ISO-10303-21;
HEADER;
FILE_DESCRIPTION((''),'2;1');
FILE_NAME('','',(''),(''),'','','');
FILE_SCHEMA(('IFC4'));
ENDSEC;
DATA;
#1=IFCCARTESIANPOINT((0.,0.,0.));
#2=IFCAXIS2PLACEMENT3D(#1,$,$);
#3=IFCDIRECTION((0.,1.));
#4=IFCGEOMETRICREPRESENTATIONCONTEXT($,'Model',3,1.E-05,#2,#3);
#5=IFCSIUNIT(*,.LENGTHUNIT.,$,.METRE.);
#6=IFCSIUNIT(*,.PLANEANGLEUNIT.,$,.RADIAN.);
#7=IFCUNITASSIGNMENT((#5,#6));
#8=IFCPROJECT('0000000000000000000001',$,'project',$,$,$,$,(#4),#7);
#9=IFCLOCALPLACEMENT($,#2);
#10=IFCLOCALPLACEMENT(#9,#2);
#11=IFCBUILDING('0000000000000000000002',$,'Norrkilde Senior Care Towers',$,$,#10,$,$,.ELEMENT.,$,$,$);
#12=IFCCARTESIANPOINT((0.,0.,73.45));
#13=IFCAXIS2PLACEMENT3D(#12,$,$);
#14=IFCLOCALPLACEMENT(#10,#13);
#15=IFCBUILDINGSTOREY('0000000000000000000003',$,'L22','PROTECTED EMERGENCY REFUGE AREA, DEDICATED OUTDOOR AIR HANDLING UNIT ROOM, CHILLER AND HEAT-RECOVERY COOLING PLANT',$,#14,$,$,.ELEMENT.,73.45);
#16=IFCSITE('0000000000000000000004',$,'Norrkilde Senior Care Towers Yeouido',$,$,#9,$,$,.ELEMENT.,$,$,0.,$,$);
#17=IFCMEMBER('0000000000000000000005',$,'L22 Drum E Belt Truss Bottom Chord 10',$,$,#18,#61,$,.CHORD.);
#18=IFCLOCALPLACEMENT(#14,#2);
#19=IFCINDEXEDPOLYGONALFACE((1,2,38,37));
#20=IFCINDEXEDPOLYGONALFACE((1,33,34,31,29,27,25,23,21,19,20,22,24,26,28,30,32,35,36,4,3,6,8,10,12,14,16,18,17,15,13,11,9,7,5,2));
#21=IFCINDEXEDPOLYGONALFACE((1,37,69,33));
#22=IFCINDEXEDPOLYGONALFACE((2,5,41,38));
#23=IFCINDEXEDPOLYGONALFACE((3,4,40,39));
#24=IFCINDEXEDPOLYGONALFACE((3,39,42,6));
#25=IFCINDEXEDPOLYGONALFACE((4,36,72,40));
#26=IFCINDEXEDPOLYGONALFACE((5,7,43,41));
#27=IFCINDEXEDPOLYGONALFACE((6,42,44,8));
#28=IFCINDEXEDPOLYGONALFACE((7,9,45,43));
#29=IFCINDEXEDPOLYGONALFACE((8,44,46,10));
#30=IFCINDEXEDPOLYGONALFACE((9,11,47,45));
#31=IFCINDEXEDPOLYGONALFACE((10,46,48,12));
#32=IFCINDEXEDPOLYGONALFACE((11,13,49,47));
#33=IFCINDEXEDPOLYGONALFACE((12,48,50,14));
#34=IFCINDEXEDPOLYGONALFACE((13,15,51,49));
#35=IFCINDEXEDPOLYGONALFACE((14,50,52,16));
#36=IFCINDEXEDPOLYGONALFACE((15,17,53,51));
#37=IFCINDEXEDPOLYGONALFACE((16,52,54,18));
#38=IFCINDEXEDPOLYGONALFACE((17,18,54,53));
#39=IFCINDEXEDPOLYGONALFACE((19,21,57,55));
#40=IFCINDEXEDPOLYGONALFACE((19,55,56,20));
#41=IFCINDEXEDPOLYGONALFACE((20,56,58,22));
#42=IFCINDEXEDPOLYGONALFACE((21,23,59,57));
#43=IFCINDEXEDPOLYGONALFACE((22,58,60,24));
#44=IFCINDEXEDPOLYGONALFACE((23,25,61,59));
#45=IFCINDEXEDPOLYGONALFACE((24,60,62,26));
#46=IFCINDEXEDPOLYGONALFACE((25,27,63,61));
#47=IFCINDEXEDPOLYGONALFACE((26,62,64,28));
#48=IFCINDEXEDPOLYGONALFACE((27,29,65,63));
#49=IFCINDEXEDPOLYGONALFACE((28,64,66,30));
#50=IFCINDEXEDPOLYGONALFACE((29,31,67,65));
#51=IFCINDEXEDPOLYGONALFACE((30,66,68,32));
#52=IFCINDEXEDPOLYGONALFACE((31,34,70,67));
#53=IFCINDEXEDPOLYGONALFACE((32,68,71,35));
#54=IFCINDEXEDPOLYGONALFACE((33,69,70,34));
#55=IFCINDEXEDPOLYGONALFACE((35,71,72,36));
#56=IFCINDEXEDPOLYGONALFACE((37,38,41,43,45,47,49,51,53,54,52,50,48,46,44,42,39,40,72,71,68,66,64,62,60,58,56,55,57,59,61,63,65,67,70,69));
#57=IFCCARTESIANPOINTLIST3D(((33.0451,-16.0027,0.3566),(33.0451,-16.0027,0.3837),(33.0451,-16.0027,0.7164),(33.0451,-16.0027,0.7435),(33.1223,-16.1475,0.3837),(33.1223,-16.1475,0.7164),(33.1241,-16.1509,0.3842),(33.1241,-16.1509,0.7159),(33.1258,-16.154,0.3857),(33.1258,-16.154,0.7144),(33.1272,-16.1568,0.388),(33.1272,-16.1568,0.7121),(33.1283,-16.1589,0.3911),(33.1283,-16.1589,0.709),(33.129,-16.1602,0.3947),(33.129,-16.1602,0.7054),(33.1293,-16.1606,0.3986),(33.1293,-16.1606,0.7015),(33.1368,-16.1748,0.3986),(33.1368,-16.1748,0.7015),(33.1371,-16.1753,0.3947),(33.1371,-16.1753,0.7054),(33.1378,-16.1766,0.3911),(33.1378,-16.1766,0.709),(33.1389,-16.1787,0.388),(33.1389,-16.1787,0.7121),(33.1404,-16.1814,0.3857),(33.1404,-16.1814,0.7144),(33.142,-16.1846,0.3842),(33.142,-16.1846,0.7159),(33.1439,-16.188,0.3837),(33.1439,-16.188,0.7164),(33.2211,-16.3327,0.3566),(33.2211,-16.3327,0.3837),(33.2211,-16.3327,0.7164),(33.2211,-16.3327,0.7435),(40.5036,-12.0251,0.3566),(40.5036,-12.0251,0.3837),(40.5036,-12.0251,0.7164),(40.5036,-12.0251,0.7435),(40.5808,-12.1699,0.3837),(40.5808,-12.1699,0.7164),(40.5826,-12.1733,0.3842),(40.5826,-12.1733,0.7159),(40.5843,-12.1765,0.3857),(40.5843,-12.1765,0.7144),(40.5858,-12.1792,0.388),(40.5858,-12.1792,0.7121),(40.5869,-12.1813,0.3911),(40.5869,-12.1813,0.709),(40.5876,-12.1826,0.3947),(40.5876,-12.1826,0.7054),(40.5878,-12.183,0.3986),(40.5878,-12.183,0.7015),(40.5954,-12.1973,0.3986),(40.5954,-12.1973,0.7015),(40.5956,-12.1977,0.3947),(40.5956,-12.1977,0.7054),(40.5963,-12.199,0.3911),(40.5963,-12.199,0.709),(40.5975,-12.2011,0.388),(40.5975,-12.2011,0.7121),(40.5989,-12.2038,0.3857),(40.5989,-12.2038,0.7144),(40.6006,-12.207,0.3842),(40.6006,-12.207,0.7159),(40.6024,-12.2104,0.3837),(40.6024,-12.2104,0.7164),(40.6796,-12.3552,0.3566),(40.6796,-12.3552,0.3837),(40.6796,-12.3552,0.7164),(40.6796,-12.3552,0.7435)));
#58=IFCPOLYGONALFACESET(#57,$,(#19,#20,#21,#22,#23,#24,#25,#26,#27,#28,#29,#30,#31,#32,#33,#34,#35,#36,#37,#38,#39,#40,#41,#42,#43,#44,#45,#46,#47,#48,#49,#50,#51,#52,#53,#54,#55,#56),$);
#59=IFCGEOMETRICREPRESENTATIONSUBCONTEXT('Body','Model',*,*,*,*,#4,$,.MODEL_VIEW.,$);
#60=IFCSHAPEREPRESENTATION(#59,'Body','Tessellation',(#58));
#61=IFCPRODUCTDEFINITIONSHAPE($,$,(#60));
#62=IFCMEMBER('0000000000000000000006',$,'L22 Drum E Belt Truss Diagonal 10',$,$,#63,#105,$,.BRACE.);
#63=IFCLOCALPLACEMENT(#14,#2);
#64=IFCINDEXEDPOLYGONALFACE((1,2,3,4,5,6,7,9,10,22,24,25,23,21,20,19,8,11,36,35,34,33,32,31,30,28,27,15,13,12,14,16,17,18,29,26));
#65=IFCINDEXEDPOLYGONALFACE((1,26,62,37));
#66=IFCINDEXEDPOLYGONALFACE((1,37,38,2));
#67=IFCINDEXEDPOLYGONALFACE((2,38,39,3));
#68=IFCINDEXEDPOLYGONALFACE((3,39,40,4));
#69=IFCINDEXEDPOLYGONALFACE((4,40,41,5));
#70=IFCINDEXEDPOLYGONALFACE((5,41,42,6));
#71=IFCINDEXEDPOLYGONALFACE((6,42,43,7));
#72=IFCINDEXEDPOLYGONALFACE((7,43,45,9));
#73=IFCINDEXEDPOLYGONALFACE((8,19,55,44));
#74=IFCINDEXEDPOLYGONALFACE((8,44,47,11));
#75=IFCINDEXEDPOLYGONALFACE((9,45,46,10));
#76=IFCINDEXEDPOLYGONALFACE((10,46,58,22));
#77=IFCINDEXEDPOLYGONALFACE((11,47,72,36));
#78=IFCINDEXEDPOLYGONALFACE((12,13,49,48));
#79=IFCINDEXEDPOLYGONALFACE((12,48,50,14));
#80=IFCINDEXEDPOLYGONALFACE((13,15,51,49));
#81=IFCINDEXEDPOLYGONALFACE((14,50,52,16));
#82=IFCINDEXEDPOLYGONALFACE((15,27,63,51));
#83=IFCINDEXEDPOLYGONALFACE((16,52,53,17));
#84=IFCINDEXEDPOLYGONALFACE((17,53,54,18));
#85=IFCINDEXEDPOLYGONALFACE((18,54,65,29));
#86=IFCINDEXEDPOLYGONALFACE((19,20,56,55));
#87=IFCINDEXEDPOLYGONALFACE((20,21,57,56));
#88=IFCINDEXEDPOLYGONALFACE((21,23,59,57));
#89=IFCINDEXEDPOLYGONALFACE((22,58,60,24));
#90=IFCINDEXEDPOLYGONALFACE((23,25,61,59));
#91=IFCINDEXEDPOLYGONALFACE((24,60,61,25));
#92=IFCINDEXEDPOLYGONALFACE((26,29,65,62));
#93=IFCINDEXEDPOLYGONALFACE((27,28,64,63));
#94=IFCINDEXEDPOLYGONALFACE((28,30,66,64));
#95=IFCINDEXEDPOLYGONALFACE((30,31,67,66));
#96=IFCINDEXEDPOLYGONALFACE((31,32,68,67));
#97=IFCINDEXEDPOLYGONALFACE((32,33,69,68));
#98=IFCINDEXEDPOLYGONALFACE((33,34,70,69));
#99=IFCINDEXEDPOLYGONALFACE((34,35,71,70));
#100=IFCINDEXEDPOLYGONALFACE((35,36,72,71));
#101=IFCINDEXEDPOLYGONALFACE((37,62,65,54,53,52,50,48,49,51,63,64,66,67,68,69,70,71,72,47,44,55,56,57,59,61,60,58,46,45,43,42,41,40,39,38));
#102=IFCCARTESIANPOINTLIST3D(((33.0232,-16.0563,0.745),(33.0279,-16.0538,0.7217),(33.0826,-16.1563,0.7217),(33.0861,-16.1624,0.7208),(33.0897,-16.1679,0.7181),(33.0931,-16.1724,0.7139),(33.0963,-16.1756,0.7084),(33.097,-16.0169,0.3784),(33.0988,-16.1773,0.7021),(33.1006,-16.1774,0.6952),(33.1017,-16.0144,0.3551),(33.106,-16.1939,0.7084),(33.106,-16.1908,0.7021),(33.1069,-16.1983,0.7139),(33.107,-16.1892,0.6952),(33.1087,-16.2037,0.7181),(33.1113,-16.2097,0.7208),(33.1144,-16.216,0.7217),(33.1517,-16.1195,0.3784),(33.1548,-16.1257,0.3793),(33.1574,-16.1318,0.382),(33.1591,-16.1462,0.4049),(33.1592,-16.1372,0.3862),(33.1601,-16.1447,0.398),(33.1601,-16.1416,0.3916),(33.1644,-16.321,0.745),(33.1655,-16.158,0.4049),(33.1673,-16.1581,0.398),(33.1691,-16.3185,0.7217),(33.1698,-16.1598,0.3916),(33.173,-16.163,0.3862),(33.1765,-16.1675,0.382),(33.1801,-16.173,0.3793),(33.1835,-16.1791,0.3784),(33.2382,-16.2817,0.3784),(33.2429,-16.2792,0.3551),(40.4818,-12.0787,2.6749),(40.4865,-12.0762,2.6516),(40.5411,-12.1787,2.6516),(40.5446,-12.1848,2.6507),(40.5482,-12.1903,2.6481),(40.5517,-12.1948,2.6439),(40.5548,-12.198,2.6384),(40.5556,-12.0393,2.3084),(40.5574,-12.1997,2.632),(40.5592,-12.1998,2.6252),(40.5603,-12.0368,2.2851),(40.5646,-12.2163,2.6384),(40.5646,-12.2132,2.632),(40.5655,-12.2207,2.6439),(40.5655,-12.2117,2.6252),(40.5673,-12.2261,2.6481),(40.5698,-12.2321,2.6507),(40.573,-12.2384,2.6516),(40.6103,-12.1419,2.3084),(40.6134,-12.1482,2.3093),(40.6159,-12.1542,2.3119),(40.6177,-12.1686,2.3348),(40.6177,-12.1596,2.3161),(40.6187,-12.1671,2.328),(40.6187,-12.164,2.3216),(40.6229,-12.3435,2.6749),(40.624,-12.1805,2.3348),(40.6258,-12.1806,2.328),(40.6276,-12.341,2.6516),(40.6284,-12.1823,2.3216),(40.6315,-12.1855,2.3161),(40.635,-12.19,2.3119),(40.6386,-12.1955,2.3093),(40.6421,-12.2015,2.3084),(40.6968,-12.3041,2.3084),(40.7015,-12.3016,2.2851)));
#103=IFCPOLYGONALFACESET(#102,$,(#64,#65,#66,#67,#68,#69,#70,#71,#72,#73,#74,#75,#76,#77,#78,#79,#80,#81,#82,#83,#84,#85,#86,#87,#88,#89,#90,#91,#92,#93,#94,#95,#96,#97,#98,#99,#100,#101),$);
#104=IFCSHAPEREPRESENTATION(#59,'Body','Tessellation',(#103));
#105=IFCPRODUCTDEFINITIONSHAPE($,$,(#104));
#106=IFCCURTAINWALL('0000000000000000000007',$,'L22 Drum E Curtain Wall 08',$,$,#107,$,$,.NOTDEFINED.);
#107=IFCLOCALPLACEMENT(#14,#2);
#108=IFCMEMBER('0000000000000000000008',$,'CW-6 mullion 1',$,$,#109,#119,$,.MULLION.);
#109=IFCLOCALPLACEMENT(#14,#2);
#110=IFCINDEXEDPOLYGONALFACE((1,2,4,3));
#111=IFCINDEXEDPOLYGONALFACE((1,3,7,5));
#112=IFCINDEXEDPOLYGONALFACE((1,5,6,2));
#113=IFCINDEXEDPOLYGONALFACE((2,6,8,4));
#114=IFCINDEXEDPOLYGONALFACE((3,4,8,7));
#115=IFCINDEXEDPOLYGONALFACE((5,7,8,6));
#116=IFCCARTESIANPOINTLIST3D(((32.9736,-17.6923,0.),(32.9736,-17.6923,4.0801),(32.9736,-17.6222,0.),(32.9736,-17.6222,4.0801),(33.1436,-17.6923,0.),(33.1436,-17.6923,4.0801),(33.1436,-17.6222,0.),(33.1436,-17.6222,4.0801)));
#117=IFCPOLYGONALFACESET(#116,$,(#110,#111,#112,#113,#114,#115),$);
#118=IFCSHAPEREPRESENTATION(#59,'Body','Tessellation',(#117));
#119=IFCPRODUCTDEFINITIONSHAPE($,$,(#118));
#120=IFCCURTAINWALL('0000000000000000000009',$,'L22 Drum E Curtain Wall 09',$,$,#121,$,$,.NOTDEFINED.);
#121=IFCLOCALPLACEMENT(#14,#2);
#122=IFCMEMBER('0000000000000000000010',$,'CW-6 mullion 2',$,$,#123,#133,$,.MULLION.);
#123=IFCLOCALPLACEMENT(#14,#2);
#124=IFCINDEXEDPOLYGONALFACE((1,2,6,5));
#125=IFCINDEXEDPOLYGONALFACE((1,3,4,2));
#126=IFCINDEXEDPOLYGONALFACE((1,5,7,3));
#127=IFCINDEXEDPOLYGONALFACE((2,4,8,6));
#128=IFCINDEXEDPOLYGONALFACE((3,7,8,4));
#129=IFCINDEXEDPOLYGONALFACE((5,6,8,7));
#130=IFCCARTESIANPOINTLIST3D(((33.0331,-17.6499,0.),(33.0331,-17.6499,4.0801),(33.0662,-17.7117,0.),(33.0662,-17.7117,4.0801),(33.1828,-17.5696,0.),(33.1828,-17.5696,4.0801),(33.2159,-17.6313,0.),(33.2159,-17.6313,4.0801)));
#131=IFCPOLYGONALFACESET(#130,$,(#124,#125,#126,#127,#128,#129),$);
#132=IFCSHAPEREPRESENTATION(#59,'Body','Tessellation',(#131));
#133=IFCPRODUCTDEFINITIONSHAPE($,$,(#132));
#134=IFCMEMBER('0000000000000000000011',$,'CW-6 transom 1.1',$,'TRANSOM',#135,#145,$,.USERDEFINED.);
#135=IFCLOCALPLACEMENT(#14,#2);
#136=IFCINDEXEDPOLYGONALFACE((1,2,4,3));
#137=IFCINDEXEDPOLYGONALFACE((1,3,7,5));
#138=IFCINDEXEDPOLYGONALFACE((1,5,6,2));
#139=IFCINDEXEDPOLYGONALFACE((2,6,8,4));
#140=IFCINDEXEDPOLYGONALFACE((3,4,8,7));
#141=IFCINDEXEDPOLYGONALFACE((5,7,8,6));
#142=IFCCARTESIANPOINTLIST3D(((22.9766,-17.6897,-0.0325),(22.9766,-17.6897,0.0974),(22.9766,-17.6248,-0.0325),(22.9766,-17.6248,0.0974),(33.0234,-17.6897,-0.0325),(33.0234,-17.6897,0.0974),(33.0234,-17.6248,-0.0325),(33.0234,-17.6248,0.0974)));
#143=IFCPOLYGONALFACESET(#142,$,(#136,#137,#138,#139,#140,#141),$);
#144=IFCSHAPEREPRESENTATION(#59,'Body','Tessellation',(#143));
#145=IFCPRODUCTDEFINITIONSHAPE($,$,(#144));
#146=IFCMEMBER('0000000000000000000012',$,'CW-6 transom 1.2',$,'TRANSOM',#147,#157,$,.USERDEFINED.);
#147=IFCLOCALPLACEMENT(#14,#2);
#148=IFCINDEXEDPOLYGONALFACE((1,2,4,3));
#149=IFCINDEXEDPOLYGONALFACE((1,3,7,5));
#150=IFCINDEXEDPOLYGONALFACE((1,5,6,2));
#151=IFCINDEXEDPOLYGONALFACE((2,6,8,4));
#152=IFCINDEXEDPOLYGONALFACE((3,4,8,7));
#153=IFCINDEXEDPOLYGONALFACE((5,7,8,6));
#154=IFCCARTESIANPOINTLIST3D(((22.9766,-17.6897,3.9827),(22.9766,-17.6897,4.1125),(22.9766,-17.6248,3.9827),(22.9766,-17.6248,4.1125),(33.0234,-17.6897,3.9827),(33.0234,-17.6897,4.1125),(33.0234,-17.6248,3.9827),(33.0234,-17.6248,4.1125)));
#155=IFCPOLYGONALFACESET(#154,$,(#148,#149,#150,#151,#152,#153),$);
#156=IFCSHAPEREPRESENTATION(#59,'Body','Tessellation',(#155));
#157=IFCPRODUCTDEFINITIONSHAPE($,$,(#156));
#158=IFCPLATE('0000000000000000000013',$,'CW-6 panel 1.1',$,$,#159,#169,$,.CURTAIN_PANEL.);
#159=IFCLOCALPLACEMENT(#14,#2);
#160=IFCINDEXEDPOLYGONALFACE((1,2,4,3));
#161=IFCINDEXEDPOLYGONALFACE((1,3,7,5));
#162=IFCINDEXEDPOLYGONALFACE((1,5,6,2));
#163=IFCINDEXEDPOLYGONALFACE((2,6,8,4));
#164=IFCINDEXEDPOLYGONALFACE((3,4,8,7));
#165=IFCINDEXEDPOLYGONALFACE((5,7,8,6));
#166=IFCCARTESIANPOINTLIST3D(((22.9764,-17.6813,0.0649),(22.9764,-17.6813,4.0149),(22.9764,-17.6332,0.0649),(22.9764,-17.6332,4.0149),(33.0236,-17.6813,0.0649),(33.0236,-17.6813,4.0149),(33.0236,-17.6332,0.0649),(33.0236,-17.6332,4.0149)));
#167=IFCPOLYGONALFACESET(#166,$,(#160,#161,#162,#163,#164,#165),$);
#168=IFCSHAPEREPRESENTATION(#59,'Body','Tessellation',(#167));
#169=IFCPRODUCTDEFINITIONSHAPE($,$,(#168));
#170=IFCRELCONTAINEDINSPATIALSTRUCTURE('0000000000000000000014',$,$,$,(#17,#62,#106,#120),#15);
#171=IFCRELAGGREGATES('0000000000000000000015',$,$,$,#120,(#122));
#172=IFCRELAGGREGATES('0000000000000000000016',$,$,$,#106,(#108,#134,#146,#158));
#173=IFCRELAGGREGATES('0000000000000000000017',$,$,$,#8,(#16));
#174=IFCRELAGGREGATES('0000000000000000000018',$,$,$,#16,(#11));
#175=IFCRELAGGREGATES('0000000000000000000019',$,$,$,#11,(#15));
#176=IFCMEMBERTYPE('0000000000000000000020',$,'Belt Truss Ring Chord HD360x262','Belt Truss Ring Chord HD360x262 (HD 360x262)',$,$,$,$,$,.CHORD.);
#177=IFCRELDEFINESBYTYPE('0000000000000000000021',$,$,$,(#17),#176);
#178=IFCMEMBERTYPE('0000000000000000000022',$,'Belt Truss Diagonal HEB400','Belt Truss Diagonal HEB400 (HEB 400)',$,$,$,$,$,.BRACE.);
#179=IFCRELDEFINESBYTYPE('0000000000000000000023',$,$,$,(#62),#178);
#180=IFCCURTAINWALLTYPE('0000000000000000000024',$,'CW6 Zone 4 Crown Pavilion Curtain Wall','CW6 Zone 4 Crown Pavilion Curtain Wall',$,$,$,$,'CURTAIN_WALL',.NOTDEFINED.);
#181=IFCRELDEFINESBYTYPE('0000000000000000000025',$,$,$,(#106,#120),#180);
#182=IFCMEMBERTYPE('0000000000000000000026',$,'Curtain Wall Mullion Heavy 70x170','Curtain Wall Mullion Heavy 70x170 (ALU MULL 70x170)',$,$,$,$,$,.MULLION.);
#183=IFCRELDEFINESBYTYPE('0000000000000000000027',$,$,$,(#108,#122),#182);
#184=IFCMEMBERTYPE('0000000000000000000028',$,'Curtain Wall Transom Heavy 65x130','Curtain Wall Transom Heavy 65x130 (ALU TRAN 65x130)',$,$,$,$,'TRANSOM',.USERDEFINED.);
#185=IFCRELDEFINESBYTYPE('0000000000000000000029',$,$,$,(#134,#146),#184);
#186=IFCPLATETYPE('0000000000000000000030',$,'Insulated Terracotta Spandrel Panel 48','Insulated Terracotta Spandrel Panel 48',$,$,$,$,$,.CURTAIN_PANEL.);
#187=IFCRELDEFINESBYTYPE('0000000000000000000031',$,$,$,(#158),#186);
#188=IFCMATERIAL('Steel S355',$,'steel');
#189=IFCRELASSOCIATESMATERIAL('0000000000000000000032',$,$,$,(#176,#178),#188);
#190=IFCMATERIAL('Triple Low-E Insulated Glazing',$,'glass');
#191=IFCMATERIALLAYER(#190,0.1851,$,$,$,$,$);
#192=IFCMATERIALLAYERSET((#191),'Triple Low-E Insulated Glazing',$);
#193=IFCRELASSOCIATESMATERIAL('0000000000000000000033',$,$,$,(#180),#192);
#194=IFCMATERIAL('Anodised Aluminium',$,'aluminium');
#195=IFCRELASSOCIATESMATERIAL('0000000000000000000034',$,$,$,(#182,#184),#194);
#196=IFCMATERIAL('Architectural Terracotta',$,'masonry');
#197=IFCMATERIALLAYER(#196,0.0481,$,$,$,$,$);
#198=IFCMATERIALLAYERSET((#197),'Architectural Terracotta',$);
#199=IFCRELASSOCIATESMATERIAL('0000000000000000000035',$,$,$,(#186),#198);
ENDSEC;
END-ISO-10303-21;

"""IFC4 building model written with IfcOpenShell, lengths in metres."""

from ifc_helpers import new_model, si_unit, direction, frame, origin, origin_2d, place, context, subcontext, project, spatial, rectangle, i_section, extrude, source, transform, mapped, material, layer, layer_set, material_profile, profile_set, type_object, type_shapes, element, aggregate, save


model = new_model("IFC4")

# Units and contexts
model_context = context("Model", 3, precision=1e-05, world=origin(), true_north=direction((0.0, 1.0)))
body_context = subcontext(model_context, "Body", "Model", "MODEL_VIEW")
ifc_project = project(units=[si_unit("LENGTHUNIT", "METRE"), si_unit("PLANEANGLEUNIT", "RADIAN")], contexts=[model_context])

# Site, building, storey
site_placement = place(None, origin())
site = spatial("IfcSite", under=ifc_project, at=site_placement, Name="Norrkilde Senior Care Towers Yeouido", CompositionType="ELEMENT", RefElevation=0.0)
building_placement = place(site_placement, origin())
building = spatial("IfcBuilding", under=site, at=building_placement, Name="Norrkilde Senior Care Towers", CompositionType="ELEMENT")
storey_placement = place(building_placement, frame((0.0, 0.0, 73.45)))
storey = spatial("IfcBuildingStorey", under=building, at=storey_placement, Name="L22", Description="PROTECTED EMERGENCY REFUGE AREA, DEDICATED OUTDOOR AIR HANDLING UNIT ROOM, CHILLER AND HEAT-RECOVERY COOLING PLANT", CompositionType="ELEMENT", Elevation=73.45)

# Members
ifc_material_1 = material(Name="Steel S355", Category="steel")
ifc_material_profile_1 = material_profile(ifc_material_1, i_section(OverallWidth=0.374, OverallDepth=0.387, WebThickness=0.0161, FlangeThickness=0.0271, FilletRadius=0.0149, at=origin_2d()), Name="HD 360x262")
ifc_profile_set_1 = profile_set([ifc_material_profile_1], Name="Steel S355")
member_type_1 = type_object("IfcMemberType", Name="Belt Truss Ring Chord HD360x262", Description="Belt Truss Ring Chord HD360x262 (HD 360x262)", PredefinedType="CHORD", material=ifc_profile_set_1)
shared_shape_1 = source(origin(), body_context, "Body", "SweptSolid", [
    extrude(i_section(OverallWidth=0.374, OverallDepth=0.387, WebThickness=0.0161, FlangeThickness=0.0271, FilletRadius=0.0149, at=origin_2d()), origin(), (0.0, 0.0, 1.0), 8.4529),
])
type_shapes(member_type_1, [shared_shape_1])
member_1_placement = place(storey_placement, frame((33.1331, -16.1677, 0.55), z_axis=(0.882369, 0.470558, 0.0), x_axis=(-0.470558, 0.882369, 0.0)))
element("IfcMember", 1, at=member_1_placement, inside=storey, type_object=member_type_1, Name="L22 Drum E Belt Truss Bottom Chord 10", PredefinedType="CHORD", context=body_context, shape_type="MappedRepresentation", body=[
    mapped(shared_shape_1, transform((0.0, 0.0, 0.0), x_axis=(1.0, 0.0, 0.0), y_axis=(0.0, 1.0, 0.0), z_axis=(0.0, 0.0, 1.0), scale=1.0)),
])
ifc_material_profile_2 = material_profile(ifc_material_1, i_section(OverallWidth=0.3, OverallDepth=0.3999, WebThickness=0.0134, FlangeThickness=0.0239, FilletRadius=0.0271, at=origin_2d()), Name="HEB 400")
ifc_profile_set_2 = profile_set([ifc_material_profile_2], Name="Steel S355")
member_type_2 = type_object("IfcMemberType", Name="Belt Truss Diagonal HEB400", Description="Belt Truss Diagonal HEB400 (HEB 400)", PredefinedType="BRACE", material=ifc_profile_set_2)
shared_shape_2 = source(origin(), body_context, "Body", "SweptSolid", [
    extrude(i_section(OverallWidth=0.3, OverallDepth=0.3999, WebThickness=0.0134, FlangeThickness=0.0239, FilletRadius=0.0271, at=origin_2d()), origin(), (0.0, 0.0, 1.0), 8.6704),
])
type_shapes(member_type_2, [shared_shape_2])
member_2_placement = place(storey_placement, frame((33.1331, -16.1677, 0.55), z_axis=(0.860232, 0.458753, 0.22259), x_axis=(-0.470558, 0.882369, 0.0)))
element("IfcMember", 2, at=member_2_placement, inside=storey, type_object=member_type_2, Name="L22 Drum E Belt Truss Diagonal 10", PredefinedType="BRACE", context=body_context, shape_type="MappedRepresentation", body=[
    mapped(shared_shape_2, transform((0.0, 0.0, 0.0), x_axis=(1.0, 0.0, 0.0), y_axis=(0.0, 1.0, 0.0), z_axis=(0.0, 0.0, 1.0), scale=1.0)),
])

# Curtain walls, members
ifc_material_2 = material(Name="Triple Low-E Insulated Glazing", Category="glass")
ifc_layer_1 = layer(ifc_material_2, 0.1851)
ifc_layer_set_1 = layer_set([ifc_layer_1], Name="Triple Low-E Insulated Glazing")
curtain_wall_type = type_object("IfcCurtainWallType", Name="CW6 Zone 4 Crown Pavilion Curtain Wall", Description="CW6 Zone 4 Crown Pavilion Curtain Wall", ElementType="CURTAIN_WALL", PredefinedType="NOTDEFINED", material=ifc_layer_set_1)
curtain_wall_1_placement = place(storey_placement, origin())
curtain_wall_1 = element("IfcCurtainWall", 3, at=curtain_wall_1_placement, inside=storey, type_object=curtain_wall_type, Name="L22 Drum E Curtain Wall 08", PredefinedType="NOTDEFINED")
ifc_material_3 = material(Name="Anodised Aluminium", Category="aluminium")
ifc_material_profile_3 = material_profile(ifc_material_3, rectangle(XDim=0.0701, YDim=0.1699, at=origin_2d()), Name="ALU MULL 70x170")
ifc_profile_set_3 = profile_set([ifc_material_profile_3], Name="Anodised Aluminium")
member_type_3 = type_object("IfcMemberType", Name="Curtain Wall Mullion Heavy 70x170", Description="Curtain Wall Mullion Heavy 70x170 (ALU MULL 70x170)", PredefinedType="MULLION", material=ifc_profile_set_3)
shared_shape_3 = source(origin(), body_context, "Body", "SweptSolid", [
    extrude(rectangle(XDim=0.0701, YDim=0.1699, at=origin_2d()), origin(), (0.0, 0.0, 1.0), 4.0801),
])
type_shapes(member_type_3, [shared_shape_3])
member_3_placement = place(storey_placement, frame((33.0586, -17.6572, 0.0), z_axis=(0.0, 0.0, 1.0), x_axis=(0.0, -1.0, 0.0)))
member_3 = element("IfcMember", 4, at=member_3_placement, type_object=member_type_3, Name="CW-6 mullion 1", PredefinedType="MULLION", context=body_context, shape_type="MappedRepresentation", body=[
    mapped(shared_shape_3, transform((0.0, 0.0, 0.0), x_axis=(1.0, 0.0, 0.0), y_axis=(0.0, 1.0, 0.0), z_axis=(0.0, 0.0, 1.0), scale=1.0)),
])
curtain_wall_2_placement = place(storey_placement, origin())
curtain_wall_2 = element("IfcCurtainWall", 5, at=curtain_wall_2_placement, inside=storey, type_object=curtain_wall_type, Name="L22 Drum E Curtain Wall 09", PredefinedType="NOTDEFINED")
member_4_placement = place(storey_placement, frame((33.1245, -17.6406, 0.0), z_axis=(0.0, 0.0, 1.0), x_axis=(0.472608, -0.881273, 0.0)))
member_4 = element("IfcMember", 6, at=member_4_placement, type_object=member_type_3, Name="CW-6 mullion 2", PredefinedType="MULLION", context=body_context, shape_type="MappedRepresentation", body=[
    mapped(shared_shape_3, transform((0.0, 0.0, 0.0), x_axis=(1.0, 0.0, 0.0), y_axis=(0.0, 1.0, 0.0), z_axis=(0.0, 0.0, 1.0), scale=1.0)),
])
aggregate(curtain_wall_2, [member_4])

# Members
ifc_material_profile_4 = material_profile(ifc_material_3, rectangle(XDim=0.0649, YDim=0.1299, at=origin_2d()), Name="ALU TRAN 65x130")
ifc_profile_set_4 = profile_set([ifc_material_profile_4], Name="Anodised Aluminium")
member_type_4 = type_object("IfcMemberType", Name="Curtain Wall Transom Heavy 65x130", Description="Curtain Wall Transom Heavy 65x130 (ALU TRAN 65x130)", ElementType="TRANSOM", PredefinedType="USERDEFINED", material=ifc_profile_set_4)
shared_shape_4 = source(origin(), body_context, "Body", "SweptSolid", [
    extrude(rectangle(XDim=0.0649, YDim=0.1299, at=origin_2d()), origin(), (0.0, 0.0, 1.0), 10.0469),
])
type_shapes(member_type_4, [shared_shape_4])
member_5_placement = place(storey_placement, frame((33.0234, -17.6572, 0.0325), z_axis=(-1.0, 0.0, 0.0), x_axis=(0.0, -1.0, 0.0)))
member_5 = element("IfcMember", 7, at=member_5_placement, type_object=member_type_4, Name="CW-6 transom 1.1", ObjectType="TRANSOM", PredefinedType="USERDEFINED", context=body_context, shape_type="MappedRepresentation", body=[
    mapped(shared_shape_4, transform((0.0, 0.0, 0.0), x_axis=(1.0, 0.0, 0.0), y_axis=(0.0, 1.0, 0.0), z_axis=(0.0, 0.0, 1.0), scale=1.0)),
])
member_6_placement = place(storey_placement, frame((33.0234, -17.6572, 4.0476), z_axis=(-1.0, 0.0, 0.0), x_axis=(0.0, -1.0, 0.0)))
member_6 = element("IfcMember", 8, at=member_6_placement, type_object=member_type_4, Name="CW-6 transom 1.2", ObjectType="TRANSOM", PredefinedType="USERDEFINED", context=body_context, shape_type="MappedRepresentation", body=[
    mapped(shared_shape_4, transform((0.0, 0.0, 0.0), x_axis=(1.0, 0.0, 0.0), y_axis=(0.0, 1.0, 0.0), z_axis=(0.0, 0.0, 1.0), scale=1.0)),
])

# Plate
ifc_material_4 = material(Name="Architectural Terracotta", Category="masonry")
ifc_layer_2 = layer(ifc_material_4, 0.0481)
ifc_layer_set_2 = layer_set([ifc_layer_2], Name="Architectural Terracotta")
plate_type = type_object("IfcPlateType", Name="Insulated Terracotta Spandrel Panel 48", Description="Insulated Terracotta Spandrel Panel 48", PredefinedType="CURTAIN_PANEL", material=ifc_layer_set_2)
shared_shape_5 = source(origin(), body_context, "Body", "SweptSolid", [
    extrude(rectangle(XDim=10.0471, YDim=0.0481, at=origin_2d()), origin(), (0.0, 0.0, 1.0), 3.95),
])
type_shapes(plate_type, [shared_shape_5])
plate_placement = place(storey_placement, frame((28.0, -17.6572, 0.0649), z_axis=(0.0, 0.0, 1.0), x_axis=(-1.0, 0.0, 0.0)))
plate = element("IfcPlate", 9, at=plate_placement, type_object=plate_type, Name="CW-6 panel 1.1", PredefinedType="CURTAIN_PANEL", context=body_context, shape_type="MappedRepresentation", body=[
    mapped(shared_shape_5, transform((0.0, 0.0, 0.0), x_axis=(1.0, 0.0, 0.0), y_axis=(0.0, 1.0, 0.0), z_axis=(0.0, 0.0, 1.0), scale=1.0)),
])
aggregate(curtain_wall_1, [member_3, member_5, member_6, plate])

save(model, "model.ifc")
